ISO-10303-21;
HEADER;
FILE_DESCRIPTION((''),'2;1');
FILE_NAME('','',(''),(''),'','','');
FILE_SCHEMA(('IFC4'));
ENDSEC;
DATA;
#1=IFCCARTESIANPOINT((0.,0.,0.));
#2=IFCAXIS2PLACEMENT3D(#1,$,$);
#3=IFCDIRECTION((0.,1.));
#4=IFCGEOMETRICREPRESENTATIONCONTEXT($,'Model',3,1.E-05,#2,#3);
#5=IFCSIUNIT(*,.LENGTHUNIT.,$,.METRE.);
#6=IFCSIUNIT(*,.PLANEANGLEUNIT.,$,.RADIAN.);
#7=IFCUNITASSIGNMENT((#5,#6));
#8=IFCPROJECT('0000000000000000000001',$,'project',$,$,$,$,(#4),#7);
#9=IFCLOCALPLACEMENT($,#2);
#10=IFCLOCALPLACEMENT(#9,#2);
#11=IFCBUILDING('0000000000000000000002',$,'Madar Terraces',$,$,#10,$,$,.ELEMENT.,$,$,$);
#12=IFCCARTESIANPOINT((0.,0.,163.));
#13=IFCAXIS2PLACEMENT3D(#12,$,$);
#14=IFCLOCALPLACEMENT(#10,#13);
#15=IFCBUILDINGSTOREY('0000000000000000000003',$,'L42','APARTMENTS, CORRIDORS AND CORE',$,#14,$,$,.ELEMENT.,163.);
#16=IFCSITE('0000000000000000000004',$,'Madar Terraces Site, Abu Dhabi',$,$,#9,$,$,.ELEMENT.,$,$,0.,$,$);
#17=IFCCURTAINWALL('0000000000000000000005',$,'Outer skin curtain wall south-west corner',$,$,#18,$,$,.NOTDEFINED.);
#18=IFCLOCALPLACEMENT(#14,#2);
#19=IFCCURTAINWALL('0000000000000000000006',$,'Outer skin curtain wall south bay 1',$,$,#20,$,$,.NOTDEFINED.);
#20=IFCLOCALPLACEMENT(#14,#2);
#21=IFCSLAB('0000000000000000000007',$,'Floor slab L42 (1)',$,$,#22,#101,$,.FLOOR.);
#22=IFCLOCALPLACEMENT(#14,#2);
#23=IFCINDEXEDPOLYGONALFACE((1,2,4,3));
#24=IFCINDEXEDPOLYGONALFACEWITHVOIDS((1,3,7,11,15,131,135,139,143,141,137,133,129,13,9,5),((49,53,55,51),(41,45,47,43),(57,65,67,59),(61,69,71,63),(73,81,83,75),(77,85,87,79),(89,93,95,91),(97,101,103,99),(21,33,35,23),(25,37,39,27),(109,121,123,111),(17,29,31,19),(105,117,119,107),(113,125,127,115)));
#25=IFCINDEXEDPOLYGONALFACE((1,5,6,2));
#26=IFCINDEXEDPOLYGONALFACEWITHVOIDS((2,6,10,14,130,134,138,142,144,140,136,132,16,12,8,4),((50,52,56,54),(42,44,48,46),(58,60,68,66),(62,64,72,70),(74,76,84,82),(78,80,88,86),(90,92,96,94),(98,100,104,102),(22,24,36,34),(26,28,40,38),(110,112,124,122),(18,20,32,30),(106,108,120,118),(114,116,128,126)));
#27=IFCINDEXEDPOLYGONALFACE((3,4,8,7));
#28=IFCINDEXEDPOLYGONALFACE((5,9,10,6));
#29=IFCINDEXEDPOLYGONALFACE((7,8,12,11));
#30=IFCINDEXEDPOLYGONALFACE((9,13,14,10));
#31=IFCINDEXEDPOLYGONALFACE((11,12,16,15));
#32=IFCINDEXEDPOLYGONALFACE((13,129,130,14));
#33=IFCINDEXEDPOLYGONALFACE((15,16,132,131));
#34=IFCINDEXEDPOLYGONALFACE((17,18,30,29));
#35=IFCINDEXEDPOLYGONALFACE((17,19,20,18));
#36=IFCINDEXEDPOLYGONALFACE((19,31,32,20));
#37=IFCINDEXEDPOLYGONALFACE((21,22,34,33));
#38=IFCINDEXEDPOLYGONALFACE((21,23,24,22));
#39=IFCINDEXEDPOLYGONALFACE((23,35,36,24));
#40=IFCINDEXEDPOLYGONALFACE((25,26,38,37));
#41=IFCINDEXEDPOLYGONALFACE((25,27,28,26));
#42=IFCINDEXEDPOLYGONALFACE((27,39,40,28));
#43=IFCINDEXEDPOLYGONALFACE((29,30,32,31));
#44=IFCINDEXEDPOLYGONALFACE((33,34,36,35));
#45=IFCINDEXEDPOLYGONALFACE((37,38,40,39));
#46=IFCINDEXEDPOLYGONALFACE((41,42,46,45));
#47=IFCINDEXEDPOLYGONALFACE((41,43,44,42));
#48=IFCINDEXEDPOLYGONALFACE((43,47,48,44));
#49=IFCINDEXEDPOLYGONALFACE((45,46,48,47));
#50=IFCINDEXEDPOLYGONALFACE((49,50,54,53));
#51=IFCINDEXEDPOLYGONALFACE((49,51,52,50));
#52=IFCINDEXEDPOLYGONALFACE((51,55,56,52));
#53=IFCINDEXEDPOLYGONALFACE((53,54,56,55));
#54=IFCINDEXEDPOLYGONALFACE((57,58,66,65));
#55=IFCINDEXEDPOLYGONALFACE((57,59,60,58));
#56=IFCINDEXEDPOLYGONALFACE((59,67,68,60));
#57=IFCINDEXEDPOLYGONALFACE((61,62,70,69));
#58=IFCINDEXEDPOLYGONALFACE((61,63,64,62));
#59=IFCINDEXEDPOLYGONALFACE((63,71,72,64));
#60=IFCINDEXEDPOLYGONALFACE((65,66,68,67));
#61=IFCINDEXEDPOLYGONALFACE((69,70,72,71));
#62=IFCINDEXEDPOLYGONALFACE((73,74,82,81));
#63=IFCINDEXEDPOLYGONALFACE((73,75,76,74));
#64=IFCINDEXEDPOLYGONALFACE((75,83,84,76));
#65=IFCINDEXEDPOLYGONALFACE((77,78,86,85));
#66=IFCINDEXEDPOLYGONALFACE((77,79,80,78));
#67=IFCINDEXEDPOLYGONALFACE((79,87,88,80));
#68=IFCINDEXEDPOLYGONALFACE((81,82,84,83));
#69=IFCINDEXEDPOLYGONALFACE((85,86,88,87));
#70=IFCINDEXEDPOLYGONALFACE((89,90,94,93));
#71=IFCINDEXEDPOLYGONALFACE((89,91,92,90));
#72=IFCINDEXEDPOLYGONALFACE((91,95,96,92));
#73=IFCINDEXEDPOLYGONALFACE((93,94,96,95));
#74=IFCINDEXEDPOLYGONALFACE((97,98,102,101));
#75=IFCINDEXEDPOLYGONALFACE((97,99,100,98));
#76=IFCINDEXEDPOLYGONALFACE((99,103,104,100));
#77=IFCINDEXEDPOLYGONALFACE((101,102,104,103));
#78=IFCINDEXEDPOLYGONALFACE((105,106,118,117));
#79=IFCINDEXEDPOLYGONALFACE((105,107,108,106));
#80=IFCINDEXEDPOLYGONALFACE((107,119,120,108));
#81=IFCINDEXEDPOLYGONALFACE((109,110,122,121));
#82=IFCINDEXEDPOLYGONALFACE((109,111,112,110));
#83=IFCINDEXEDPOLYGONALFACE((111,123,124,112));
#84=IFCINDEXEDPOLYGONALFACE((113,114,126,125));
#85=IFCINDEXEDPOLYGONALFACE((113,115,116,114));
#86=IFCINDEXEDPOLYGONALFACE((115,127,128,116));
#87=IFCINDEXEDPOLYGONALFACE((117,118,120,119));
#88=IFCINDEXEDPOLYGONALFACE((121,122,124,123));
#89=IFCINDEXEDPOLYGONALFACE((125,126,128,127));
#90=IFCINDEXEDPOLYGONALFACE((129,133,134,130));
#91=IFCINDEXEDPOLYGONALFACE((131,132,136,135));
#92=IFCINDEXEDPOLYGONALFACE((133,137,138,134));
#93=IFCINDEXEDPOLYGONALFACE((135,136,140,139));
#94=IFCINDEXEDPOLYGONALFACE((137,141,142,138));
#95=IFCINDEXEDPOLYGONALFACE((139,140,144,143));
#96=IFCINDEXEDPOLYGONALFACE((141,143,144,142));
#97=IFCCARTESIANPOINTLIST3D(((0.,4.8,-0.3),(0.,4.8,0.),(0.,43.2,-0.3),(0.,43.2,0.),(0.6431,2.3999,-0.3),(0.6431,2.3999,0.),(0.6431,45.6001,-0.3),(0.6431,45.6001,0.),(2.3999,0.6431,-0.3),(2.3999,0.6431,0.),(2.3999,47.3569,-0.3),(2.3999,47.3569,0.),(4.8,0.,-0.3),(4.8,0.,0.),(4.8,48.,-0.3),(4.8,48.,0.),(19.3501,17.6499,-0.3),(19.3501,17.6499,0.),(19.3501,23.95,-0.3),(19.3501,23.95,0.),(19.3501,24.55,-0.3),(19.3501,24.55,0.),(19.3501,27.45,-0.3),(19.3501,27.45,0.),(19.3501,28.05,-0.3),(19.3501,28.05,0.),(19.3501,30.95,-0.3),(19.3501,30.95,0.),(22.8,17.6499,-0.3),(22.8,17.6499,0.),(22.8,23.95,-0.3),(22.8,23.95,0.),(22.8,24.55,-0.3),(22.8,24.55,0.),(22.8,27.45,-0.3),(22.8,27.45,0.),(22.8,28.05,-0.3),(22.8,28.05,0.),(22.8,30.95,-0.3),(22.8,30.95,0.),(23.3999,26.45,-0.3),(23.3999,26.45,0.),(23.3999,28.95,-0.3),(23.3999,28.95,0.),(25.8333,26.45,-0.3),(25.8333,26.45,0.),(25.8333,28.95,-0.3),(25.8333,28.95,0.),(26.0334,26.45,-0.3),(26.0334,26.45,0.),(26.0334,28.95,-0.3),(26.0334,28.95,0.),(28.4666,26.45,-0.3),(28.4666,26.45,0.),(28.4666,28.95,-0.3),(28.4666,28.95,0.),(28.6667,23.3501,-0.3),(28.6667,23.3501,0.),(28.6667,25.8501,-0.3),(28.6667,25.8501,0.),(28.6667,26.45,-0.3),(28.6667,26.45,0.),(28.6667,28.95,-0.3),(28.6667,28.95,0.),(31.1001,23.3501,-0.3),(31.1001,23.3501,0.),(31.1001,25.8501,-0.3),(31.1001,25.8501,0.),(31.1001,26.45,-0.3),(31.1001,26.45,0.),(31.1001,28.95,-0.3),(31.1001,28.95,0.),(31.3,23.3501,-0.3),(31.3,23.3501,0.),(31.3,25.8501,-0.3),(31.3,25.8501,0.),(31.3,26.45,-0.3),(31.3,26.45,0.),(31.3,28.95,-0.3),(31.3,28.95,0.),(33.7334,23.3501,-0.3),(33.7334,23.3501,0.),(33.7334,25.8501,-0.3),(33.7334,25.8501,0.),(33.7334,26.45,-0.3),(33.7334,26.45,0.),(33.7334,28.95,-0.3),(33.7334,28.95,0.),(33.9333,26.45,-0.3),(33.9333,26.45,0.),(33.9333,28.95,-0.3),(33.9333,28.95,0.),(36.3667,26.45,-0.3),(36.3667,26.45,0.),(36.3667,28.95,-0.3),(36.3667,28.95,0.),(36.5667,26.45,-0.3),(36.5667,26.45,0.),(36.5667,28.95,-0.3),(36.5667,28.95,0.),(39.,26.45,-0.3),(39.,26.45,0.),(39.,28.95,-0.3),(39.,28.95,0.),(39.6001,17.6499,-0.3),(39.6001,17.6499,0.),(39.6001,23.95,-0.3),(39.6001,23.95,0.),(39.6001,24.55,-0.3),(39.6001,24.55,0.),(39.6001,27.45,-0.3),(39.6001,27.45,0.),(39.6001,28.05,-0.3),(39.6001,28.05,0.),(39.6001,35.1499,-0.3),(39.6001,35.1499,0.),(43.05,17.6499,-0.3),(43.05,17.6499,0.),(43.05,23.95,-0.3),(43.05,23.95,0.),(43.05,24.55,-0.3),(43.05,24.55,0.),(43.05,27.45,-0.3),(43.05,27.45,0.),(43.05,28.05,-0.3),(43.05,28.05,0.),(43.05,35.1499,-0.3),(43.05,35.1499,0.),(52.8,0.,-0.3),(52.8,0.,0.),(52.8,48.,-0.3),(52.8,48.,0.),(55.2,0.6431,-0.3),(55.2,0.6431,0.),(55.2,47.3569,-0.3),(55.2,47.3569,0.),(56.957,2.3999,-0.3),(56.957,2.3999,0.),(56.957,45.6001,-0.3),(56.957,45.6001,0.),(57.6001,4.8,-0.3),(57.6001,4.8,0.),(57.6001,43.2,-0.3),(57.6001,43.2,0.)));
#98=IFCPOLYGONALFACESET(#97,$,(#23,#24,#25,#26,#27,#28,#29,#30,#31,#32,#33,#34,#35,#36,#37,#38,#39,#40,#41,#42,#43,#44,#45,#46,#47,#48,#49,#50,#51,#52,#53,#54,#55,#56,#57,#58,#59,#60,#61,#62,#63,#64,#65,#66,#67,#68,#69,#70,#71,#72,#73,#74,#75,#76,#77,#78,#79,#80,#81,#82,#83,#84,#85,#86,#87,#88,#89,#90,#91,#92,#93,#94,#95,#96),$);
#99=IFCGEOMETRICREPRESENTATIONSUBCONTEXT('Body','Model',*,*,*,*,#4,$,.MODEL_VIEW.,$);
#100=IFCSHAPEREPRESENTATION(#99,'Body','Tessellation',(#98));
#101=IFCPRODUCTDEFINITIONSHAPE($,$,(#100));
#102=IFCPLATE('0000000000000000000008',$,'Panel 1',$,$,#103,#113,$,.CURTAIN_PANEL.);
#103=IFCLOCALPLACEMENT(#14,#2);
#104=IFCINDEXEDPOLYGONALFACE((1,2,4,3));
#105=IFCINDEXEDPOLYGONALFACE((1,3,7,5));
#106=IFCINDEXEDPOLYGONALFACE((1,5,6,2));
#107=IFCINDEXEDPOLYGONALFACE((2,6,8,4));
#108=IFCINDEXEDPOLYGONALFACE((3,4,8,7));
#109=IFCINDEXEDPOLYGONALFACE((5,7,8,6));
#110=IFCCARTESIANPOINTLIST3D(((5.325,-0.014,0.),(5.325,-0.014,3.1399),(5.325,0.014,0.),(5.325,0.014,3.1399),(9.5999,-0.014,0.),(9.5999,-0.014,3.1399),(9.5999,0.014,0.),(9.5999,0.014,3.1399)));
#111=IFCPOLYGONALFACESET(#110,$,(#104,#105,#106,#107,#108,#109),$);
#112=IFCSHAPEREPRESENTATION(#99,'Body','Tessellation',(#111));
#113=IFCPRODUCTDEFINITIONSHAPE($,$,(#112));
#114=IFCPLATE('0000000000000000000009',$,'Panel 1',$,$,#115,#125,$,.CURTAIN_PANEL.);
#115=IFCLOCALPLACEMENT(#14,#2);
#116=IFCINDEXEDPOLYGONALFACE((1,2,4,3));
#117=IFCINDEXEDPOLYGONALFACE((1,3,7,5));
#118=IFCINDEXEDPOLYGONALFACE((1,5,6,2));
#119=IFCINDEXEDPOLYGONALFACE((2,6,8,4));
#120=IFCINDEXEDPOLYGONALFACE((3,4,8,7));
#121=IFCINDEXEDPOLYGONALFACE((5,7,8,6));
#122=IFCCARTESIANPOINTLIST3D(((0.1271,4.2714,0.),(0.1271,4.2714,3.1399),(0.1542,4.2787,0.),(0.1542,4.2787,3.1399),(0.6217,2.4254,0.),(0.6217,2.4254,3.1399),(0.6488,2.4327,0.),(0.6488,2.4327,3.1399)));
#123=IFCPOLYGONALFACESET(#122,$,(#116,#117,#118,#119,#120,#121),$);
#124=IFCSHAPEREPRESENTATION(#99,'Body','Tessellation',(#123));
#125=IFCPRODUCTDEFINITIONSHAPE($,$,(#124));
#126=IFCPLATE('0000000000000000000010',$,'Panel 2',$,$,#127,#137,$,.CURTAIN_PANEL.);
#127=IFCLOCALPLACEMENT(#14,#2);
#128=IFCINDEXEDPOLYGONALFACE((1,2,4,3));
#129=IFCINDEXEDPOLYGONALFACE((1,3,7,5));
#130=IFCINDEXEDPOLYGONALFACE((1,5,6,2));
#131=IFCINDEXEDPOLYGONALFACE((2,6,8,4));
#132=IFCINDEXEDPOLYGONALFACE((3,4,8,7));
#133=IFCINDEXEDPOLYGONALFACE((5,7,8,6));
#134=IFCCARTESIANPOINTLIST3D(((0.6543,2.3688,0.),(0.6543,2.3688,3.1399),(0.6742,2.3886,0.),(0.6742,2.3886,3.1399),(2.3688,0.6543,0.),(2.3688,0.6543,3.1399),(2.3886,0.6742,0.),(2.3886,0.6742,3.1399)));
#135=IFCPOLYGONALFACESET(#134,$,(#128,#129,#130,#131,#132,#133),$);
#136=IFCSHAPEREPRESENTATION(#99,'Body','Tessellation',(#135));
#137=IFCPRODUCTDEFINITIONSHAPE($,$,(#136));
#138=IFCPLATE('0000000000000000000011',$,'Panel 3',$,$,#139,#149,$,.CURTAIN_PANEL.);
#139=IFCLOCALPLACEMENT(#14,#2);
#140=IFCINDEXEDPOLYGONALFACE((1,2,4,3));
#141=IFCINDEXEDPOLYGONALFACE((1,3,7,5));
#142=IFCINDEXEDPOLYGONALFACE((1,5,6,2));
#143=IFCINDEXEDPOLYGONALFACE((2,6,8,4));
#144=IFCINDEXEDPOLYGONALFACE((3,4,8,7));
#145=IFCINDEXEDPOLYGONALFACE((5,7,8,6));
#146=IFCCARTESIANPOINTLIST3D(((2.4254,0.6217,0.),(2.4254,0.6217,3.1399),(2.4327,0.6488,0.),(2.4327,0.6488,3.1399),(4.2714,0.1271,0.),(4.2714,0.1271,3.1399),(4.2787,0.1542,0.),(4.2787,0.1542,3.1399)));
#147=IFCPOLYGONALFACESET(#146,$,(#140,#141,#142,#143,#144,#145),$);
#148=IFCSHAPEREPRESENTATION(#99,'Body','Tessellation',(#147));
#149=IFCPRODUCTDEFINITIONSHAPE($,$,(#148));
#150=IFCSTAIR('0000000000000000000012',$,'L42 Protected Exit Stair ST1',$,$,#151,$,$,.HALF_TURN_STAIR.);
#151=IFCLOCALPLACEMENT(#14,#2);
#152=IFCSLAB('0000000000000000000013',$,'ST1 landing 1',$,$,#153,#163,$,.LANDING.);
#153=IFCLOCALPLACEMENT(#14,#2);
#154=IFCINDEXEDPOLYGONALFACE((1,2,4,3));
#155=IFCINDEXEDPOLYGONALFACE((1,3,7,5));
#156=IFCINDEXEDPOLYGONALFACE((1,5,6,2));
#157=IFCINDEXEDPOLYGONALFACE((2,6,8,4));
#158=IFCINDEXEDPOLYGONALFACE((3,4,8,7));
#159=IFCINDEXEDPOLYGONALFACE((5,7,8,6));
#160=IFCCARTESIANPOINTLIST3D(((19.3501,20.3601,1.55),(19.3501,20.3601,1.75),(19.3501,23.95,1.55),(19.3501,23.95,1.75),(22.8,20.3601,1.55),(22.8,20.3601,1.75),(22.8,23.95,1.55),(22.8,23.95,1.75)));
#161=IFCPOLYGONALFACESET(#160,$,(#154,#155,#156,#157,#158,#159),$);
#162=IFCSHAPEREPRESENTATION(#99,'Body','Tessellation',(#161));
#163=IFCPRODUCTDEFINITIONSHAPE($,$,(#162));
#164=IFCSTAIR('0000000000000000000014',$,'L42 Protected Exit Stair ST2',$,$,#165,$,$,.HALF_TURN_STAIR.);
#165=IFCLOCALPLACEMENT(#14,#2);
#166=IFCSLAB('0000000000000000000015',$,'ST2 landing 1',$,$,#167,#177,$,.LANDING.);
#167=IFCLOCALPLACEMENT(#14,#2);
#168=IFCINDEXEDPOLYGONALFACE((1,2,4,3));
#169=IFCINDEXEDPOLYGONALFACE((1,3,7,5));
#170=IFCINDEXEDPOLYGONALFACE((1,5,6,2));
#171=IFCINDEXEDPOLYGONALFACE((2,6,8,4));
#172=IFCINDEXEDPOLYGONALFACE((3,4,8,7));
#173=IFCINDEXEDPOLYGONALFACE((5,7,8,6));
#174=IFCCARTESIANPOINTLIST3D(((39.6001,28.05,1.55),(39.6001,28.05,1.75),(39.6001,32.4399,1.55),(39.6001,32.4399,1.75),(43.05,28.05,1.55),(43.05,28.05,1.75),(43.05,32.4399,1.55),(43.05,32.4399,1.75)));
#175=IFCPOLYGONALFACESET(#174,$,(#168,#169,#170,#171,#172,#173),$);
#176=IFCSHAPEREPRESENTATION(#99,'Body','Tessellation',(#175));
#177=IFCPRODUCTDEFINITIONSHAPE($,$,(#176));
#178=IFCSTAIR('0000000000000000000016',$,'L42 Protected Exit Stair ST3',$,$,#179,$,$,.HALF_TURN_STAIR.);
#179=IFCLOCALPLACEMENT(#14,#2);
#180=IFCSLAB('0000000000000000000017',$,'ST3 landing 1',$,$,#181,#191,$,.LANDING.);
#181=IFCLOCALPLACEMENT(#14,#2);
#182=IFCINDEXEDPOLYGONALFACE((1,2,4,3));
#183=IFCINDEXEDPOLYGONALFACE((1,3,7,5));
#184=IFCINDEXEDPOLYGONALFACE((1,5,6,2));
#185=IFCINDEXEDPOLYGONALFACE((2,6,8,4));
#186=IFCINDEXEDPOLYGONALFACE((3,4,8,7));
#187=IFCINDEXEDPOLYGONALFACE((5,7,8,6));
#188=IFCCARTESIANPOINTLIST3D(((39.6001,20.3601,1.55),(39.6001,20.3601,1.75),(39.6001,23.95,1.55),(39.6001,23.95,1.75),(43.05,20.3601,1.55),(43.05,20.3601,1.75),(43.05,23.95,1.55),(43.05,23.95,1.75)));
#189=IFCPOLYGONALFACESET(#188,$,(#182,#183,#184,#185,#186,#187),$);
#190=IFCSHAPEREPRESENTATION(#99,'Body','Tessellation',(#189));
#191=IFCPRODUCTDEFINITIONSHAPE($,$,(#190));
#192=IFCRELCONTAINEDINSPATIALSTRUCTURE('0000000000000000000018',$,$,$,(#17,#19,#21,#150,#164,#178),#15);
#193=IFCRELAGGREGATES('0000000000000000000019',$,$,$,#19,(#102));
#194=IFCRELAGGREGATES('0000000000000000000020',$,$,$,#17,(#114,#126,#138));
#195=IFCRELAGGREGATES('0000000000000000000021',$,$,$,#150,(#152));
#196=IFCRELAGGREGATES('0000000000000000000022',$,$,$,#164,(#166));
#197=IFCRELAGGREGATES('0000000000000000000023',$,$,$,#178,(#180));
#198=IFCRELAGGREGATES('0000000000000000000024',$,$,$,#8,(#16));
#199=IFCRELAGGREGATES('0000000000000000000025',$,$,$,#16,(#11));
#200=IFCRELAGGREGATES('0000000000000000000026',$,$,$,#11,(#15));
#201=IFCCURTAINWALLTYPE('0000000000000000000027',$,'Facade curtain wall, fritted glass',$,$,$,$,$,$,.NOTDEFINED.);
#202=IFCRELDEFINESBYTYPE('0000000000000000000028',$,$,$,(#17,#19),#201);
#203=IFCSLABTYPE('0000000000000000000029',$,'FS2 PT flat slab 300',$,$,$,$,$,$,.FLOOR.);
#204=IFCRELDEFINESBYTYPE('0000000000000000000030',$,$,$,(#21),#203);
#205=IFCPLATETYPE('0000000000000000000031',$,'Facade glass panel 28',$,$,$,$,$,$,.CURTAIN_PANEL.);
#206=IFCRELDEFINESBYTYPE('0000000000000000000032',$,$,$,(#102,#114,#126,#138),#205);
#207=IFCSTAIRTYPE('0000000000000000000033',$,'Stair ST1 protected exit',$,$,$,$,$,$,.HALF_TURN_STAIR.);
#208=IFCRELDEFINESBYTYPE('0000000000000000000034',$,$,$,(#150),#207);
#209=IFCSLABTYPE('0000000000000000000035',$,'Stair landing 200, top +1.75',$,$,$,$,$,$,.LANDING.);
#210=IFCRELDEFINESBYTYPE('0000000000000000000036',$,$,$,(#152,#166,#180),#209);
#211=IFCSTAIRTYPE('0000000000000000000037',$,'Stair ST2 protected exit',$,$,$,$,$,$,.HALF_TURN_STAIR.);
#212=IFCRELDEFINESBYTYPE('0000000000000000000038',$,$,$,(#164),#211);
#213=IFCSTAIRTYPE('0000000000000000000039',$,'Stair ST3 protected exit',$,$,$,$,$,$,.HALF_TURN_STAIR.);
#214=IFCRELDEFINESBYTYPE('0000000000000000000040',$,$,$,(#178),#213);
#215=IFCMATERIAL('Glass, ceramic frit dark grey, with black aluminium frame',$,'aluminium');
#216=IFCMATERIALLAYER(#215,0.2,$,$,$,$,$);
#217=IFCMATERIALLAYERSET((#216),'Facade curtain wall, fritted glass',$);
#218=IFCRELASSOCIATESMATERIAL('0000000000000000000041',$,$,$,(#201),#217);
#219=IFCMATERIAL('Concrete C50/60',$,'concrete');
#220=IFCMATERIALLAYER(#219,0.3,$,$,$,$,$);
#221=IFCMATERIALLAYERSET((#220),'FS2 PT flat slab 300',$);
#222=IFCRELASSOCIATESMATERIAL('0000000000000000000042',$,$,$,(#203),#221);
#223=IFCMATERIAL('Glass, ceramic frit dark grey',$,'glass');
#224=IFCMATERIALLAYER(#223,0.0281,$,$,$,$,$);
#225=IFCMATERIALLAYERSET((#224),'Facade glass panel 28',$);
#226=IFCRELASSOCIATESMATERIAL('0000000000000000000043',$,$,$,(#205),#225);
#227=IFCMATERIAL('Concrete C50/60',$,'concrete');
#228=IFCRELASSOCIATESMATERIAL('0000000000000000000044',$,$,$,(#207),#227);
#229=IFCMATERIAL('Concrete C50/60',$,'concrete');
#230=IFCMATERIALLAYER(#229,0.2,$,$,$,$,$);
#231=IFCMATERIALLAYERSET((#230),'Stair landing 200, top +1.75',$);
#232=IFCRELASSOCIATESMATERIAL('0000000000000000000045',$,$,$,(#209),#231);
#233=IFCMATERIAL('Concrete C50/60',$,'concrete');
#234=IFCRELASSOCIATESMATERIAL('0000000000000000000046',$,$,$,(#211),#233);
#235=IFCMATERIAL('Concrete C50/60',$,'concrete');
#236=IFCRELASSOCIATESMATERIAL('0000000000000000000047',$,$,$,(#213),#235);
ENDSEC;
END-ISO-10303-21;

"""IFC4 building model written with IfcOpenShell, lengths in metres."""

from ifc_helpers import new_model, si_unit, direction, frame, origin, origin_2d, place, context, subcontext, project, spatial, polyline, rectangle, outline, extrude, material, layer, layer_set, type_object, element, aggregate, save


model = new_model("IFC4")

# Units and contexts
model_context = context("Model", 3, precision=1e-05, world=origin(), true_north=direction((0.0, 1.0)))
body_context = subcontext(model_context, "Body", "Model", "MODEL_VIEW")
ifc_project = project(units=[si_unit("LENGTHUNIT", "METRE"), si_unit("PLANEANGLEUNIT", "RADIAN")], contexts=[model_context])

# Site, building, storey
site_placement = place(None, origin())
site = spatial("IfcSite", under=ifc_project, at=site_placement, Name="Madar Terraces Site, Abu Dhabi", CompositionType="ELEMENT", RefElevation=0.0)
building_placement = place(site_placement, origin())
building = spatial("IfcBuilding", under=site, at=building_placement, Name="Madar Terraces", CompositionType="ELEMENT")
storey_placement = place(building_placement, frame((0.0, 0.0, 163.0)))
storey = spatial("IfcBuildingStorey", under=building, at=storey_placement, Name="L42", Description="APARTMENTS, CORRIDORS AND CORE", CompositionType="ELEMENT", Elevation=163.0)

# Curtain wall
ifc_material_1 = material(Name="Glass, ceramic frit dark grey, with black aluminium frame", Category="aluminium")
ifc_layer_1 = layer(ifc_material_1, 0.2)
ifc_layer_set_1 = layer_set([ifc_layer_1], Name="Facade curtain wall, fritted glass")
curtain_wall_type = type_object("IfcCurtainWallType", Name="Facade curtain wall, fritted glass", PredefinedType="NOTDEFINED", material=ifc_layer_set_1)
curtain_wall_1_placement = place(storey_placement, origin())
curtain_wall_1 = element("IfcCurtainWall", 1, at=curtain_wall_1_placement, inside=storey, type_object=curtain_wall_type, Name="Outer skin curtain wall south-west corner", PredefinedType="NOTDEFINED")

# Curtain wall
curtain_wall_2_placement = place(storey_placement, origin())
curtain_wall_2 = element("IfcCurtainWall", 2, at=curtain_wall_2_placement, inside=storey, type_object=curtain_wall_type, Name="Outer skin curtain wall south bay 1", PredefinedType="NOTDEFINED")

# Slab
ifc_material_2 = material(Name="Concrete C50/60", Category="concrete")
ifc_layer_2 = layer(ifc_material_2, 0.3)
ifc_layer_set_2 = layer_set([ifc_layer_2], Name="FS2 PT flat slab 300")
slab_type_1 = type_object("IfcSlabType", Name="FS2 PT flat slab 300", PredefinedType="FLOOR", material=ifc_layer_set_2)
slab_1_placement = place(storey_placement, frame((0.0, 0.0, -0.3)))
element("IfcSlab", 3, at=slab_1_placement, inside=storey, type_object=slab_type_1, Name="Floor slab L42 (1)", PredefinedType="FLOOR", context=body_context, shape_type="SweptSolid", body=[
    extrude(outline(polyline([(52.8, 0.0), (55.2, 0.6431), (56.957, 2.3999), (57.6001, 4.8), (57.6001, 43.2), (56.957, 45.6001), (55.2, 47.3569), (52.8, 48.0), (4.8, 48.0), (2.3999, 47.3569), (0.6431, 45.6001), (0.0, 43.2), (0.0, 4.8), (0.6431, 2.3999), (2.3999, 0.6431), (4.8, 0.0), (52.8, 0.0)]), holes=[polyline([(22.8, 17.6499), (19.3501, 17.6499), (19.3501, 23.95), (22.8, 23.95), (22.8, 17.6499)]), polyline([(28.6667, 23.3501), (28.6667, 25.8501), (31.1001, 25.8501), (31.1001, 23.3501), (28.6667, 23.3501)]), polyline([(19.3501, 24.55), (19.3501, 27.45), (22.8, 27.45), (22.8, 24.55), (19.3501, 24.55)]), polyline([(23.3999, 26.45), (23.3999, 28.95), (25.8333, 28.95), (25.8333, 26.45), (23.3999, 26.45)]), polyline([(26.0334, 26.45), (26.0334, 28.95), (28.4666, 28.95), (28.4666, 26.45), (26.0334, 26.45)]), polyline([(28.6667, 26.45), (28.6667, 28.95), (31.1001, 28.95), (31.1001, 26.45), (28.6667, 26.45)]), polyline([(19.3501, 28.05), (19.3501, 30.95), (22.8, 30.95), (22.8, 28.05), (19.3501, 28.05)]), polyline([(43.05, 17.6499), (39.6001, 17.6499), (39.6001, 23.95), (43.05, 23.95), (43.05, 17.6499)]), polyline([(31.3, 23.3501), (31.3, 25.8501), (33.7334, 25.8501), (33.7334, 23.3501), (31.3, 23.3501)]), polyline([(39.6001, 24.55), (39.6001, 27.45), (43.05, 27.45), (43.05, 24.55), (39.6001, 24.55)]), polyline([(31.3, 26.45), (31.3, 28.95), (33.7334, 28.95), (33.7334, 26.45), (31.3, 26.45)]), polyline([(33.9333, 26.45), (33.9333, 28.95), (36.3667, 28.95), (36.3667, 26.45), (33.9333, 26.45)]), polyline([(36.5667, 26.45), (36.5667, 28.95), (39.0, 28.95), (39.0, 26.45), (36.5667, 26.45)]), polyline([(39.6001, 28.05), (39.6001, 35.1499), (43.05, 35.1499), (43.05, 28.05), (39.6001, 28.05)])]), origin(), (0.0, 0.0, 1.0), 0.3),
])

# Plates
ifc_material_3 = material(Name="Glass, ceramic frit dark grey", Category="glass")
ifc_layer_3 = layer(ifc_material_3, 0.0281)
ifc_layer_set_3 = layer_set([ifc_layer_3], Name="Facade glass panel 28")
plate_type = type_object("IfcPlateType", Name="Facade glass panel 28", PredefinedType="CURTAIN_PANEL", material=ifc_layer_set_3)
plate_1_placement = place(storey_placement, frame((7.4624, 0.0, 0.0), z_axis=(0.0, 0.0, 1.0), x_axis=(1.0, 0.0, 0.0)))
plate_1 = element("IfcPlate", 4, at=plate_1_placement, type_object=plate_type, Name="Panel 1", PredefinedType="CURTAIN_PANEL", context=body_context, shape_type="SweptSolid", body=[
    extrude(rectangle(XDim=4.2749, YDim=0.0281, at=origin_2d()), origin(), (0.0, 0.0, 1.0), 3.1399),
])
aggregate(curtain_wall_2, [plate_1])
plate_2_placement = place(storey_placement, frame((0.3879, 3.3521, 0.0), z_axis=(0.0, 0.0, 1.0), x_axis=(0.258819, -0.965926, 0.0)))
plate_2 = element("IfcPlate", 5, at=plate_2_placement, type_object=plate_type, Name="Panel 1", PredefinedType="CURTAIN_PANEL", context=body_context, shape_type="SweptSolid", body=[
    extrude(rectangle(XDim=1.9111, YDim=0.0281, at=origin_2d()), origin(), (0.0, 0.0, 1.0), 3.1399),
])
plate_3_placement = place(storey_placement, frame((1.5215, 1.5215, 0.0), z_axis=(0.0, 0.0, 1.0), x_axis=(0.707107, -0.707107, 0.0)))
plate_3 = element("IfcPlate", 6, at=plate_3_placement, type_object=plate_type, Name="Panel 2", PredefinedType="CURTAIN_PANEL", context=body_context, shape_type="SweptSolid", body=[
    extrude(rectangle(XDim=2.4246, YDim=0.0281, at=origin_2d()), origin(), (0.0, 0.0, 1.0), 3.1399),
])
plate_4_placement = place(storey_placement, frame((3.3521, 0.3879, 0.0), z_axis=(0.0, 0.0, 1.0), x_axis=(0.965926, -0.258819, 0.0)))
plate_4 = element("IfcPlate", 7, at=plate_4_placement, type_object=plate_type, Name="Panel 3", PredefinedType="CURTAIN_PANEL", context=body_context, shape_type="SweptSolid", body=[
    extrude(rectangle(XDim=1.9111, YDim=0.0281, at=origin_2d()), origin(), (0.0, 0.0, 1.0), 3.1399),
])
aggregate(curtain_wall_1, [plate_2, plate_3, plate_4])

# Stairs, slabs
ifc_material_4 = material(Name="Concrete C50/60", Category="concrete")
stair_type_1 = type_object("IfcStairType", Name="Stair ST1 protected exit", PredefinedType="HALF_TURN_STAIR", material=ifc_material_4)
stair_1_placement = place(storey_placement, origin())
stair_1 = element("IfcStair", 8, at=stair_1_placement, inside=storey, type_object=stair_type_1, Name="L42 Protected Exit Stair ST1", PredefinedType="HALF_TURN_STAIR")
ifc_material_5 = material(Name="Concrete C50/60", Category="concrete")
ifc_layer_4 = layer(ifc_material_5, 0.2)
ifc_layer_set_4 = layer_set([ifc_layer_4], Name="Stair landing 200, top +1.75")
slab_type_2 = type_object("IfcSlabType", Name="Stair landing 200, top +1.75", PredefinedType="LANDING", material=ifc_layer_set_4)
slab_2_placement = place(storey_placement, frame((0.0, 0.0, 1.55)))
slab_2 = element("IfcSlab", 9, at=slab_2_placement, type_object=slab_type_2, Name="ST1 landing 1", PredefinedType="LANDING", context=body_context, shape_type="SweptSolid", body=[
    extrude(outline(polyline([(19.3501, 20.3601), (22.8, 20.3601), (22.8, 23.95), (19.3501, 23.95), (19.3501, 20.3601)])), origin(), (0.0, 0.0, 1.0), 0.2),
])
aggregate(stair_1, [slab_2])
ifc_material_6 = material(Name="Concrete C50/60", Category="concrete")
stair_type_2 = type_object("IfcStairType", Name="Stair ST2 protected exit", PredefinedType="HALF_TURN_STAIR", material=ifc_material_6)
stair_2_placement = place(storey_placement, origin())
stair_2 = element("IfcStair", 10, at=stair_2_placement, inside=storey, type_object=stair_type_2, Name="L42 Protected Exit Stair ST2", PredefinedType="HALF_TURN_STAIR")
slab_3_placement = place(storey_placement, frame((0.0, 0.0, 1.55)))
slab_3 = element("IfcSlab", 11, at=slab_3_placement, type_object=slab_type_2, Name="ST2 landing 1", PredefinedType="LANDING", context=body_context, shape_type="SweptSolid", body=[
    extrude(outline(polyline([(39.6001, 28.05), (43.05, 28.05), (43.05, 32.4399), (39.6001, 32.4399), (39.6001, 28.05)])), origin(), (0.0, 0.0, 1.0), 0.2),
])
aggregate(stair_2, [slab_3])
ifc_material_7 = material(Name="Concrete C50/60", Category="concrete")
stair_type_3 = type_object("IfcStairType", Name="Stair ST3 protected exit", PredefinedType="HALF_TURN_STAIR", material=ifc_material_7)
stair_3_placement = place(storey_placement, origin())
stair_3 = element("IfcStair", 12, at=stair_3_placement, inside=storey, type_object=stair_type_3, Name="L42 Protected Exit Stair ST3", PredefinedType="HALF_TURN_STAIR")
slab_4_placement = place(storey_placement, frame((0.0, 0.0, 1.55)))
slab_4 = element("IfcSlab", 13, at=slab_4_placement, type_object=slab_type_2, Name="ST3 landing 1", PredefinedType="LANDING", context=body_context, shape_type="SweptSolid", body=[
    extrude(outline(polyline([(39.6001, 20.3601), (43.05, 20.3601), (43.05, 23.95), (39.6001, 23.95), (39.6001, 20.3601)])), origin(), (0.0, 0.0, 1.0), 0.2),
])
aggregate(stair_3, [slab_4])

save(model, "model.ifc")
